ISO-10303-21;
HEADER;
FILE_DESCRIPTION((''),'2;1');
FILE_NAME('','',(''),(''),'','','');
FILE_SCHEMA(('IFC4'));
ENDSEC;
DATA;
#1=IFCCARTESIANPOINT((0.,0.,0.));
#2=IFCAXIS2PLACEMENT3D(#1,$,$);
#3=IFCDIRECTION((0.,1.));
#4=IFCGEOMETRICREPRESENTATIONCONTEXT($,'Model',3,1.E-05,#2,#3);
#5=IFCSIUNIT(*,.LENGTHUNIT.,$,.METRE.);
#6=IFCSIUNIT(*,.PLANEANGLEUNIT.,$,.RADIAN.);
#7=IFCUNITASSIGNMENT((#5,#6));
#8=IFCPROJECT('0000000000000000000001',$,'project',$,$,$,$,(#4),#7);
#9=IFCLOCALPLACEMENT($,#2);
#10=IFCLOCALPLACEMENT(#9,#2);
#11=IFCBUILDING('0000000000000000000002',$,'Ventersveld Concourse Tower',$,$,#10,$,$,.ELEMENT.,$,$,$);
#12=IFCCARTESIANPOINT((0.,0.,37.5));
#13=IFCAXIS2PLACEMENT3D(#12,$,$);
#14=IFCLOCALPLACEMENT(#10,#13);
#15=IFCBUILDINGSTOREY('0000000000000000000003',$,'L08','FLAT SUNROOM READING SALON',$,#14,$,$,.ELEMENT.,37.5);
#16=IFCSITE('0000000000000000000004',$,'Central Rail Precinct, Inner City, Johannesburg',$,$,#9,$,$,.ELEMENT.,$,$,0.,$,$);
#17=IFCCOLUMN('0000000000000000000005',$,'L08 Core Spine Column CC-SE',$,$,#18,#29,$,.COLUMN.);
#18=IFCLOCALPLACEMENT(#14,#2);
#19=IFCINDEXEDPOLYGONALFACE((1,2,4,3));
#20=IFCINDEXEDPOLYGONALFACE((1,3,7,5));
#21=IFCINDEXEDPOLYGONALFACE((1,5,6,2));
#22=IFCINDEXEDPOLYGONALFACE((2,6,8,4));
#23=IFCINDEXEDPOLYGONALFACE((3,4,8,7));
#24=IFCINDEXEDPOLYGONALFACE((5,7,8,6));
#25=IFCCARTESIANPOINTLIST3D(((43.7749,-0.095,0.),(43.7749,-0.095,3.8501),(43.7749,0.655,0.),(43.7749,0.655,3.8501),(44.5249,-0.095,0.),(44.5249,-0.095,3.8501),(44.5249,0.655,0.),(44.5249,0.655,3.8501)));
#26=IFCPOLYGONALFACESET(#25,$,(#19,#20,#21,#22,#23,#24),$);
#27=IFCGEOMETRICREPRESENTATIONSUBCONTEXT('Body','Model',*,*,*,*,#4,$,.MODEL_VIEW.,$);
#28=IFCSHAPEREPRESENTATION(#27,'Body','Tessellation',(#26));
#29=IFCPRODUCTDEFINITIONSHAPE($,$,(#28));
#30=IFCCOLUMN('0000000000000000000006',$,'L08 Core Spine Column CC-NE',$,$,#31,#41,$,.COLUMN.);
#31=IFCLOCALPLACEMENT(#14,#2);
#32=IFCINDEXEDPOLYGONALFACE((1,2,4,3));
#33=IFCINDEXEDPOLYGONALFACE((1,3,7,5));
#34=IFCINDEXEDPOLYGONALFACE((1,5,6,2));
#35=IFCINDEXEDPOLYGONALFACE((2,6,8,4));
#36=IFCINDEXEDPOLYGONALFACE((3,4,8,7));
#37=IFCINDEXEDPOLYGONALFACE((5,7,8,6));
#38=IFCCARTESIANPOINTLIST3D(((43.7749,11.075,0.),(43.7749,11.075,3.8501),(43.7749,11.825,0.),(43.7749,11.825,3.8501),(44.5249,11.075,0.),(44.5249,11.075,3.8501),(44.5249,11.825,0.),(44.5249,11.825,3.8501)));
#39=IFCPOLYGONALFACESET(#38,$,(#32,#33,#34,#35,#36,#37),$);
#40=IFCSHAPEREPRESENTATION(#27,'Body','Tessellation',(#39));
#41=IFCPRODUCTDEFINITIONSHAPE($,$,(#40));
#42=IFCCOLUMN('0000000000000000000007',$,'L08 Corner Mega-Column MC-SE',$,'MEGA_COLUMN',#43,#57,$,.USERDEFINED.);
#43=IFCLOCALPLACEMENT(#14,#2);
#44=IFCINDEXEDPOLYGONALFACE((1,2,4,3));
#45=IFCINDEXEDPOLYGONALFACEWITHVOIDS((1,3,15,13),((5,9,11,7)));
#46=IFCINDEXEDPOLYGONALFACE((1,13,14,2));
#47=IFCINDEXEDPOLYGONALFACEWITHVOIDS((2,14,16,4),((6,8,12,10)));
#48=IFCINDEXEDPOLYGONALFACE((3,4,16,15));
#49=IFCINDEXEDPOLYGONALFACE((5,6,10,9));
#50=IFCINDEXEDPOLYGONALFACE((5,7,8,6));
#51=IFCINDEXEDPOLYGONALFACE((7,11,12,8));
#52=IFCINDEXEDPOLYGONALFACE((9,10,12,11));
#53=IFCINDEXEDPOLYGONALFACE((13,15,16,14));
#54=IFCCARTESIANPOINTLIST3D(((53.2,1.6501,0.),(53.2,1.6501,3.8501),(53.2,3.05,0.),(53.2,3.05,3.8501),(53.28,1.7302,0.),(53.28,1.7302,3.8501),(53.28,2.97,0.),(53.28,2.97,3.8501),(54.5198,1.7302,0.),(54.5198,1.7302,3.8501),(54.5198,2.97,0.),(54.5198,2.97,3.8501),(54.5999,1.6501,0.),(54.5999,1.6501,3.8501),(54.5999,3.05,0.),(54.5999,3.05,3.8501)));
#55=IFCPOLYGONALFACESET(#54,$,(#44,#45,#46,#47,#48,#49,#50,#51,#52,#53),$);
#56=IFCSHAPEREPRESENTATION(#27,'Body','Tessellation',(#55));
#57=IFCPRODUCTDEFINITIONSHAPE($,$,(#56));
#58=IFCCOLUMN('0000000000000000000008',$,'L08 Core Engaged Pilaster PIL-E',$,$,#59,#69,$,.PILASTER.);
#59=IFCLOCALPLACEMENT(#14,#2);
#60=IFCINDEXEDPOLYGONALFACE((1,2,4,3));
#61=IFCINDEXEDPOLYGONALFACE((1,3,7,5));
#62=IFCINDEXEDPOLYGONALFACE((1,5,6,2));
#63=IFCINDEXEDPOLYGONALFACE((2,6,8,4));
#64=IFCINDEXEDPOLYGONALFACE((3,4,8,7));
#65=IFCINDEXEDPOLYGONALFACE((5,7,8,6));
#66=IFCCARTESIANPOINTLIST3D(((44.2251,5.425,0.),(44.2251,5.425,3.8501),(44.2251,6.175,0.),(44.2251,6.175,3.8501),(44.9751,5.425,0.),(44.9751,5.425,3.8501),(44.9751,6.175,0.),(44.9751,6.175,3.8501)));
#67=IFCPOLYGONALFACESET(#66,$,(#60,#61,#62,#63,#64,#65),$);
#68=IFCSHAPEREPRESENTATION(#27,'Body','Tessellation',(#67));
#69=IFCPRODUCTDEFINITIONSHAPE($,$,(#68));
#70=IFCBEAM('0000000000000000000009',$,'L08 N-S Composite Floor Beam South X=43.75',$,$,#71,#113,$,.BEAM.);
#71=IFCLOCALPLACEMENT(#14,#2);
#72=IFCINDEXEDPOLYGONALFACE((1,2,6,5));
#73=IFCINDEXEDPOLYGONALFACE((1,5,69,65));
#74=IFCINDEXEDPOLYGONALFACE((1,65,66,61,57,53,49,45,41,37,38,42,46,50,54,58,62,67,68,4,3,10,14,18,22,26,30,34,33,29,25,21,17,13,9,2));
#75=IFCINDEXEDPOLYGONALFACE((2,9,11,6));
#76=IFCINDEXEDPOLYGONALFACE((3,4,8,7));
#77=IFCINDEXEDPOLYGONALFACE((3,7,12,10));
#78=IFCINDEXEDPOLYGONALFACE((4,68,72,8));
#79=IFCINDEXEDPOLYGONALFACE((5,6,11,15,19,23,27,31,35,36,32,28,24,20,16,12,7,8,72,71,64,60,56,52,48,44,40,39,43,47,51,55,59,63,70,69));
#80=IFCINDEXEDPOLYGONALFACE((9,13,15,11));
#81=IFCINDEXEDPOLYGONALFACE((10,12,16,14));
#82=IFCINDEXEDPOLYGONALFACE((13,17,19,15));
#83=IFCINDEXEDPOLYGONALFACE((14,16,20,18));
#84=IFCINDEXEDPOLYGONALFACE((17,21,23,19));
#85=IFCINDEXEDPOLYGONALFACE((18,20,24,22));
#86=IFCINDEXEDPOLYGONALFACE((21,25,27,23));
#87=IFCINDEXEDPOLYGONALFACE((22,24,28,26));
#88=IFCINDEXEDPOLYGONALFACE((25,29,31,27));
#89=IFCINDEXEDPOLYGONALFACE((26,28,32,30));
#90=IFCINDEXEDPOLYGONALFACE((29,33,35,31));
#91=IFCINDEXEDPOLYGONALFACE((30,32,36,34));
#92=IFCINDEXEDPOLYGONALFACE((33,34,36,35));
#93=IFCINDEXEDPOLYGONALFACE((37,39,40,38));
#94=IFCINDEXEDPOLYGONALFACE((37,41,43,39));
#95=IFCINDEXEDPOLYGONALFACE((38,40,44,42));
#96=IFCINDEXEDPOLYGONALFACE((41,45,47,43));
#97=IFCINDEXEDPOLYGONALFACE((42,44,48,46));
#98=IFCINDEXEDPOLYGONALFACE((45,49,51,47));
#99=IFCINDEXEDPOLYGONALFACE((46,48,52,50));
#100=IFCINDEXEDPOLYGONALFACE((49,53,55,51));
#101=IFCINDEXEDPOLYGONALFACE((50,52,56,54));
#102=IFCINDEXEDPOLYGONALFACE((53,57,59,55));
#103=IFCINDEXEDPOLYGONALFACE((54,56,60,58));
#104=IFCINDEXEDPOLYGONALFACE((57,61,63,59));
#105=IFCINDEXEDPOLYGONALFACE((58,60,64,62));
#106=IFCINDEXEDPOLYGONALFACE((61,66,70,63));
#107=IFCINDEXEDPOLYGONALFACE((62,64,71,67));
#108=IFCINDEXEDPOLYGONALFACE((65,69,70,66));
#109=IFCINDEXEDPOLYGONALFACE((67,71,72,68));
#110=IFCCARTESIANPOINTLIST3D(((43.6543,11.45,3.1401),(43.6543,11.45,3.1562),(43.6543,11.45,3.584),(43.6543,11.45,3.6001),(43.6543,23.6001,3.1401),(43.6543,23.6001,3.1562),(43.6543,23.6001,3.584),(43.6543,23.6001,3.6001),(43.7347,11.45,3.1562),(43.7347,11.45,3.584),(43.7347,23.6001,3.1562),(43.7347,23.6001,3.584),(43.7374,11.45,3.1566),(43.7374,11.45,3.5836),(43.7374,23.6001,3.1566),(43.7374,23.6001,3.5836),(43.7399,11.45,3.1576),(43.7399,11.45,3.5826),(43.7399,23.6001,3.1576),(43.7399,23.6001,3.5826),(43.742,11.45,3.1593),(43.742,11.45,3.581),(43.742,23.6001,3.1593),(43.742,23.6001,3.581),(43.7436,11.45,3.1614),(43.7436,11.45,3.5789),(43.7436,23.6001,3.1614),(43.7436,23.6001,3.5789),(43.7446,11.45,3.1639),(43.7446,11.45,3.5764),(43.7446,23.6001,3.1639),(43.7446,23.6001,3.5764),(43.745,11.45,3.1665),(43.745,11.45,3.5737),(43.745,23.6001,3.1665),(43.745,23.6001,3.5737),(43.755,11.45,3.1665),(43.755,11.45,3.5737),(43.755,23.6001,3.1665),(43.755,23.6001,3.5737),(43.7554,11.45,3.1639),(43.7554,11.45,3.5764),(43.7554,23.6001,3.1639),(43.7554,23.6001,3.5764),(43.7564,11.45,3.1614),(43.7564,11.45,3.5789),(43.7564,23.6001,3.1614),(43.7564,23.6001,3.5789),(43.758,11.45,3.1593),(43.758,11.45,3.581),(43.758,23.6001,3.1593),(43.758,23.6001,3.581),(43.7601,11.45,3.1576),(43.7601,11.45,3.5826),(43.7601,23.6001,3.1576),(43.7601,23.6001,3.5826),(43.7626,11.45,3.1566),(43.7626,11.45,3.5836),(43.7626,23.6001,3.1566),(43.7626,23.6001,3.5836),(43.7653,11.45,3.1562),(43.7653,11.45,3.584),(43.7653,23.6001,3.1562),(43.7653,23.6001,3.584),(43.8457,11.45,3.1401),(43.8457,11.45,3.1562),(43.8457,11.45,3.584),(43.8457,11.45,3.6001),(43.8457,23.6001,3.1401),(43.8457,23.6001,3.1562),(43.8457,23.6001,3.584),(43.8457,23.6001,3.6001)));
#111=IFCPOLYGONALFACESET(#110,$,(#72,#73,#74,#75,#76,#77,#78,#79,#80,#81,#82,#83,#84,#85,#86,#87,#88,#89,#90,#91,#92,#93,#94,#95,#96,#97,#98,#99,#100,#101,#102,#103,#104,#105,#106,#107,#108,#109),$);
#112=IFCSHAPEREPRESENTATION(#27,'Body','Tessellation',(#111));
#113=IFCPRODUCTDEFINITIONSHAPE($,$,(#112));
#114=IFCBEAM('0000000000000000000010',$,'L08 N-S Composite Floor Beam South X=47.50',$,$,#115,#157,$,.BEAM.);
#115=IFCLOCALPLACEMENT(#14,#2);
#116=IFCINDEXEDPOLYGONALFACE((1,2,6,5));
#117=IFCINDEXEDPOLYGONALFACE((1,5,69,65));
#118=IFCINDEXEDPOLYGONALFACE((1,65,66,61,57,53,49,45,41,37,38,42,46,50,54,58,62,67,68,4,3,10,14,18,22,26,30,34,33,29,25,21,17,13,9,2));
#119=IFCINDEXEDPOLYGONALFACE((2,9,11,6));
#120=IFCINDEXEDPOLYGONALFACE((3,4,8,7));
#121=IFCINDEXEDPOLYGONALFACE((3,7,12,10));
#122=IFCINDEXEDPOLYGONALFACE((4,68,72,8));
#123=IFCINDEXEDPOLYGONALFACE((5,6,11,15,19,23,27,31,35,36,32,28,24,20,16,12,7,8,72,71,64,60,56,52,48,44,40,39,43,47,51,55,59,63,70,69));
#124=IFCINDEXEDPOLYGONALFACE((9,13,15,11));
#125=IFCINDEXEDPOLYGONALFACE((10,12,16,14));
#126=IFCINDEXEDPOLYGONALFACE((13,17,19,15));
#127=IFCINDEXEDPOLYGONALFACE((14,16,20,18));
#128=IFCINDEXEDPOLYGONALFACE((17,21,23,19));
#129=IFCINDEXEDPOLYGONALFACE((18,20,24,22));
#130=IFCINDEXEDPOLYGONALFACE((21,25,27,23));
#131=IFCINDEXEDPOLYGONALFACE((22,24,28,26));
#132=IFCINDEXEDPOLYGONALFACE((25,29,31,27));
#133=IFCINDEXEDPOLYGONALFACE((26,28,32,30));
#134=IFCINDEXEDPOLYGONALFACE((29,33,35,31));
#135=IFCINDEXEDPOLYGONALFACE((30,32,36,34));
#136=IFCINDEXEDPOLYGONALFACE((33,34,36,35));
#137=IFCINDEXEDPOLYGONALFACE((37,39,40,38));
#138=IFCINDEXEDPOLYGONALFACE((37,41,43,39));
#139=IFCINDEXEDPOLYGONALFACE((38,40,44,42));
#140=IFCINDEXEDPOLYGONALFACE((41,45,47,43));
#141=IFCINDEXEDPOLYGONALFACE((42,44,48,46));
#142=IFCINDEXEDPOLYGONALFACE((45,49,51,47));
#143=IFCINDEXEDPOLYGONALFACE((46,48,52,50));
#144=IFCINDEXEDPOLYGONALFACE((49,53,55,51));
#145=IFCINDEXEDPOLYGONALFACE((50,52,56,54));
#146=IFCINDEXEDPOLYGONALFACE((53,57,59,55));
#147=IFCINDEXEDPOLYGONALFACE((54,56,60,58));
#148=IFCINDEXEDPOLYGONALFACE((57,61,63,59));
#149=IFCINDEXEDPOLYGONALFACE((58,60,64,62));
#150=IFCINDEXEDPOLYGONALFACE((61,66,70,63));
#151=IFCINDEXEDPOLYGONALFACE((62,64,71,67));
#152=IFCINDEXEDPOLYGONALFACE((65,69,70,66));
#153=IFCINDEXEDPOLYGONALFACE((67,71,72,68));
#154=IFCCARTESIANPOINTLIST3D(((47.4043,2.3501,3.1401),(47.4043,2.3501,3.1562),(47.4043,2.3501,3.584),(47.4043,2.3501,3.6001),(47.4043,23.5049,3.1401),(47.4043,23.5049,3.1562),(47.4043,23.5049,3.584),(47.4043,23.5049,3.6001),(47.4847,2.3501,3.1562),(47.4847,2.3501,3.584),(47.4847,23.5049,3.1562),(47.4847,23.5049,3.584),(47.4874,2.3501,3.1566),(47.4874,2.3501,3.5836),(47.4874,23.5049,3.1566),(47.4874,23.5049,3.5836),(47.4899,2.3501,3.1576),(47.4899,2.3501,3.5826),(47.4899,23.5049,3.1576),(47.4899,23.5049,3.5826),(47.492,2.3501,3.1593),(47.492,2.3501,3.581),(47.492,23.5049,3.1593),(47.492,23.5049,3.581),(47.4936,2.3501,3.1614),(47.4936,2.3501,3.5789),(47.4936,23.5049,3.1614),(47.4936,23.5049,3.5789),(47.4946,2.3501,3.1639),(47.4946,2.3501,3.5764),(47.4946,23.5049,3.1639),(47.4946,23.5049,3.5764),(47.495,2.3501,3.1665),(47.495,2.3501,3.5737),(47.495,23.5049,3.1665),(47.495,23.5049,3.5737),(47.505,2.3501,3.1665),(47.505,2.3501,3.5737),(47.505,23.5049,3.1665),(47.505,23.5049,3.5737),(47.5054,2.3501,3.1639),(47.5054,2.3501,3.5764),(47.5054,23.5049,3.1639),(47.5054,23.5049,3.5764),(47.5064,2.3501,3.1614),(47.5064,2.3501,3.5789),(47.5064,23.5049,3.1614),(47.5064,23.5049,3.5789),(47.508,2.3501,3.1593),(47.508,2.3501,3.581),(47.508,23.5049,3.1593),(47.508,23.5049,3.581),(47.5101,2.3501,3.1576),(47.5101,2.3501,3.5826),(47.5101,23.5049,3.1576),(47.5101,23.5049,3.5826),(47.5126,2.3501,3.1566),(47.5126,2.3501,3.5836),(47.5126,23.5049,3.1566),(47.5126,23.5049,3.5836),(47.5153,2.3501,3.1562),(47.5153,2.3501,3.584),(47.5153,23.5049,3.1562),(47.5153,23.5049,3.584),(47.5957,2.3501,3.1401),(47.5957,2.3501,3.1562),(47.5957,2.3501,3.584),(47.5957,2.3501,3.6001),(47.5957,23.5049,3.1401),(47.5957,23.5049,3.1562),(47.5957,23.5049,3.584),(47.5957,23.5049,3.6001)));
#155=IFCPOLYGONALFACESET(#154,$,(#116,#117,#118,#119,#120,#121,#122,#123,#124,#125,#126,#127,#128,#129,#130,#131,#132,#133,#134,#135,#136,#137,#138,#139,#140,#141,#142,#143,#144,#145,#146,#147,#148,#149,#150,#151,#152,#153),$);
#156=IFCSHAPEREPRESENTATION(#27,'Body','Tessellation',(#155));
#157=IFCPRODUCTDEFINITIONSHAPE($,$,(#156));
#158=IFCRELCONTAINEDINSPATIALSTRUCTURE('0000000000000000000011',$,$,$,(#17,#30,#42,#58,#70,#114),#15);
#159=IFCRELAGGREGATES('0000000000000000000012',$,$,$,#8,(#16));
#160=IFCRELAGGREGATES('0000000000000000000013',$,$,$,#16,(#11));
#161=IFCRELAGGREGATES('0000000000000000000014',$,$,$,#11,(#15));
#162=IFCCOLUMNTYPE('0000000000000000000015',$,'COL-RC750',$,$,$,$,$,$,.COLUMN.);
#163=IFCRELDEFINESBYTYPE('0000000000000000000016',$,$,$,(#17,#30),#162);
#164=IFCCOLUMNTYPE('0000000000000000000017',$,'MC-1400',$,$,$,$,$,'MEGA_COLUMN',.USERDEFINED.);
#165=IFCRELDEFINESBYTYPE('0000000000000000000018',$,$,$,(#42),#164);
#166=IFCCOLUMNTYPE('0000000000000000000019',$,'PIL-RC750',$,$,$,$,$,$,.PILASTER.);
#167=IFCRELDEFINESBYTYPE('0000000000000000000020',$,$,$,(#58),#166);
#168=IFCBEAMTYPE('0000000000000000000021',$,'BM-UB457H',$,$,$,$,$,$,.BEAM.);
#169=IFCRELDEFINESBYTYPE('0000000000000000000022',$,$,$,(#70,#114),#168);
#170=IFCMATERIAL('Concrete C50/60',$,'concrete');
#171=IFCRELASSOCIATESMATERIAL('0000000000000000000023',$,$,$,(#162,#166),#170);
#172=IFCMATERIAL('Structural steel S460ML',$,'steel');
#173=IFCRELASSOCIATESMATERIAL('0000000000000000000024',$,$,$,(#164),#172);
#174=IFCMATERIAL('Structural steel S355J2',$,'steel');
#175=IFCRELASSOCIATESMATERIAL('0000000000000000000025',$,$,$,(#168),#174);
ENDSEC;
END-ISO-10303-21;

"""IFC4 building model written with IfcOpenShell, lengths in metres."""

from ifc_helpers import new_model, si_unit, direction, frame, origin, origin_2d, place, context, subcontext, project, spatial, rectangle, hollow_rectangle, i_section, extrude, material, material_profile, profile_set, type_object, element, save


model = new_model("IFC4")

# Units and contexts
model_context = context("Model", 3, precision=1e-05, world=origin(), true_north=direction((0.0, 1.0)))
body_context = subcontext(model_context, "Body", "Model", "MODEL_VIEW")
ifc_project = project(units=[si_unit("LENGTHUNIT", "METRE"), si_unit("PLANEANGLEUNIT", "RADIAN")], contexts=[model_context])

# Site, building, storey
site_placement = place(None, origin())
site = spatial("IfcSite", under=ifc_project, at=site_placement, Name="Central Rail Precinct, Inner City, Johannesburg", CompositionType="ELEMENT", RefElevation=0.0)
building_placement = place(site_placement, origin())
building = spatial("IfcBuilding", under=site, at=building_placement, Name="Ventersveld Concourse Tower", CompositionType="ELEMENT")
storey_placement = place(building_placement, frame((0.0, 0.0, 37.5)))
storey = spatial("IfcBuildingStorey", under=building, at=storey_placement, Name="L08", Description="FLAT SUNROOM READING SALON", CompositionType="ELEMENT", Elevation=37.5)

# Columns
ifc_material_1 = material(Name="Concrete C50/60", Category="concrete")
ifc_material_profile_1 = material_profile(ifc_material_1, rectangle(XDim=0.75, YDim=0.75, at=origin_2d()), Name="RC 750x750")
ifc_profile_set_1 = profile_set([ifc_material_profile_1], Name="Concrete C50/60")
column_type_1 = type_object("IfcColumnType", Name="COL-RC750", PredefinedType="COLUMN", material=ifc_profile_set_1)
for number, where, z_axis, x_axis, name in (
    (1, (44.1499, 0.28, 0.0), (0.0, 0.0, 1.0), (1.0, 0.0, 0.0), "L08 Core Spine Column CC-SE"),
    (2, (44.1499, 11.45, 0.0), (0.0, 0.0, 1.0), (1.0, 0.0, 0.0), "L08 Core Spine Column CC-NE"),
):
    element("IfcColumn", number, at=place(storey_placement, frame(where, z_axis=z_axis, x_axis=x_axis)), inside=storey, type_object=column_type_1, Name=name, PredefinedType="COLUMN", context=body_context, shape_type="SweptSolid", body=[
        extrude(rectangle(XDim=0.75, YDim=0.75, at=origin_2d()), origin(), (0.0, 0.0, 1.0), 3.8501),
    ])
ifc_material_2 = material(Name="Structural steel S460ML", Category="steel")
ifc_material_profile_2 = material_profile(ifc_material_2, hollow_rectangle(XDim=1.3999, YDim=1.3999, WallThickness=0.0801, at=origin_2d()), Name="BOX 1400x1400x80")
ifc_profile_set_2 = profile_set([ifc_material_profile_2], Name="Structural steel S460ML")
column_type_2 = type_object("IfcColumnType", Name="MC-1400", ElementType="MEGA_COLUMN", PredefinedType="USERDEFINED", material=ifc_profile_set_2)
column_1_placement = place(storey_placement, frame((53.8999, 2.3501, 0.0), z_axis=(0.0, 0.0, 1.0), x_axis=(1.0, 0.0, 0.0)))
element("IfcColumn", 3, at=column_1_placement, inside=storey, type_object=column_type_2, Name="L08 Corner Mega-Column MC-SE", ObjectType="MEGA_COLUMN", PredefinedType="USERDEFINED", context=body_context, shape_type="SweptSolid", body=[
    extrude(hollow_rectangle(XDim=1.3999, YDim=1.3999, WallThickness=0.0801, at=origin_2d()), origin(), (0.0, 0.0, 1.0), 3.8501),
])
ifc_material_profile_3 = material_profile(ifc_material_1, rectangle(XDim=0.75, YDim=0.75, at=origin_2d()), Name="RC 750x750")
ifc_profile_set_3 = profile_set([ifc_material_profile_3], Name="Concrete C50/60")
column_type_3 = type_object("IfcColumnType", Name="PIL-RC750", PredefinedType="PILASTER", material=ifc_profile_set_3)
column_2_placement = place(storey_placement, frame((44.6001, 5.8, 0.0), z_axis=(0.0, 0.0, 1.0), x_axis=(1.0, 0.0, 0.0)))
element("IfcColumn", 4, at=column_2_placement, inside=storey, type_object=column_type_3, Name="L08 Core Engaged Pilaster PIL-E", PredefinedType="PILASTER", context=body_context, shape_type="SweptSolid", body=[
    extrude(rectangle(XDim=0.75, YDim=0.75, at=origin_2d()), origin(), (0.0, 0.0, 1.0), 3.8501),
])

# Beams
ifc_material_3 = material(Name="Structural steel S355J2", Category="steel")
ifc_material_profile_4 = material_profile(ifc_material_3, i_section(OverallWidth=0.1914, OverallDepth=0.46, WebThickness=0.01, FlangeThickness=0.0161, FilletRadius=0.0103, at=origin_2d()), Name="UB 457x191x82")
ifc_profile_set_4 = profile_set([ifc_material_profile_4], Name="Structural steel S355J2")
beam_type_1 = type_object("IfcBeamType", Name="BM-UB457H", PredefinedType="BEAM", material=ifc_profile_set_4)
beam_1_placement = place(storey_placement, frame((43.75, 11.45, 3.3701), z_axis=(0.0, 1.0, 0.0), x_axis=(-1.0, 0.0, 0.0)))
element("IfcBeam", 5, at=beam_1_placement, inside=storey, type_object=beam_type_1, Name="L08 N-S Composite Floor Beam South X=43.75", PredefinedType="BEAM", context=body_context, shape_type="SweptSolid", body=[
    extrude(i_section(OverallWidth=0.1914, OverallDepth=0.46, WebThickness=0.01, FlangeThickness=0.0161, FilletRadius=0.0103, at=origin_2d()), origin(), (0.0, 0.0, 1.0), 12.1501),
])
beam_2_placement = place(storey_placement, frame((47.5, 2.3501, 3.3701), z_axis=(0.0, 1.0, 0.0), x_axis=(-1.0, 0.0, 0.0)))
element("IfcBeam", 6, at=beam_2_placement, inside=storey, type_object=beam_type_1, Name="L08 N-S Composite Floor Beam South X=47.50", PredefinedType="BEAM", context=body_context, shape_type="SweptSolid", body=[
    extrude(i_section(OverallWidth=0.1914, OverallDepth=0.46, WebThickness=0.01, FlangeThickness=0.0161, FilletRadius=0.0103, at=origin_2d()), origin(), (0.0, 0.0, 1.0), 21.1548),
])

save(model, "model.ifc")
